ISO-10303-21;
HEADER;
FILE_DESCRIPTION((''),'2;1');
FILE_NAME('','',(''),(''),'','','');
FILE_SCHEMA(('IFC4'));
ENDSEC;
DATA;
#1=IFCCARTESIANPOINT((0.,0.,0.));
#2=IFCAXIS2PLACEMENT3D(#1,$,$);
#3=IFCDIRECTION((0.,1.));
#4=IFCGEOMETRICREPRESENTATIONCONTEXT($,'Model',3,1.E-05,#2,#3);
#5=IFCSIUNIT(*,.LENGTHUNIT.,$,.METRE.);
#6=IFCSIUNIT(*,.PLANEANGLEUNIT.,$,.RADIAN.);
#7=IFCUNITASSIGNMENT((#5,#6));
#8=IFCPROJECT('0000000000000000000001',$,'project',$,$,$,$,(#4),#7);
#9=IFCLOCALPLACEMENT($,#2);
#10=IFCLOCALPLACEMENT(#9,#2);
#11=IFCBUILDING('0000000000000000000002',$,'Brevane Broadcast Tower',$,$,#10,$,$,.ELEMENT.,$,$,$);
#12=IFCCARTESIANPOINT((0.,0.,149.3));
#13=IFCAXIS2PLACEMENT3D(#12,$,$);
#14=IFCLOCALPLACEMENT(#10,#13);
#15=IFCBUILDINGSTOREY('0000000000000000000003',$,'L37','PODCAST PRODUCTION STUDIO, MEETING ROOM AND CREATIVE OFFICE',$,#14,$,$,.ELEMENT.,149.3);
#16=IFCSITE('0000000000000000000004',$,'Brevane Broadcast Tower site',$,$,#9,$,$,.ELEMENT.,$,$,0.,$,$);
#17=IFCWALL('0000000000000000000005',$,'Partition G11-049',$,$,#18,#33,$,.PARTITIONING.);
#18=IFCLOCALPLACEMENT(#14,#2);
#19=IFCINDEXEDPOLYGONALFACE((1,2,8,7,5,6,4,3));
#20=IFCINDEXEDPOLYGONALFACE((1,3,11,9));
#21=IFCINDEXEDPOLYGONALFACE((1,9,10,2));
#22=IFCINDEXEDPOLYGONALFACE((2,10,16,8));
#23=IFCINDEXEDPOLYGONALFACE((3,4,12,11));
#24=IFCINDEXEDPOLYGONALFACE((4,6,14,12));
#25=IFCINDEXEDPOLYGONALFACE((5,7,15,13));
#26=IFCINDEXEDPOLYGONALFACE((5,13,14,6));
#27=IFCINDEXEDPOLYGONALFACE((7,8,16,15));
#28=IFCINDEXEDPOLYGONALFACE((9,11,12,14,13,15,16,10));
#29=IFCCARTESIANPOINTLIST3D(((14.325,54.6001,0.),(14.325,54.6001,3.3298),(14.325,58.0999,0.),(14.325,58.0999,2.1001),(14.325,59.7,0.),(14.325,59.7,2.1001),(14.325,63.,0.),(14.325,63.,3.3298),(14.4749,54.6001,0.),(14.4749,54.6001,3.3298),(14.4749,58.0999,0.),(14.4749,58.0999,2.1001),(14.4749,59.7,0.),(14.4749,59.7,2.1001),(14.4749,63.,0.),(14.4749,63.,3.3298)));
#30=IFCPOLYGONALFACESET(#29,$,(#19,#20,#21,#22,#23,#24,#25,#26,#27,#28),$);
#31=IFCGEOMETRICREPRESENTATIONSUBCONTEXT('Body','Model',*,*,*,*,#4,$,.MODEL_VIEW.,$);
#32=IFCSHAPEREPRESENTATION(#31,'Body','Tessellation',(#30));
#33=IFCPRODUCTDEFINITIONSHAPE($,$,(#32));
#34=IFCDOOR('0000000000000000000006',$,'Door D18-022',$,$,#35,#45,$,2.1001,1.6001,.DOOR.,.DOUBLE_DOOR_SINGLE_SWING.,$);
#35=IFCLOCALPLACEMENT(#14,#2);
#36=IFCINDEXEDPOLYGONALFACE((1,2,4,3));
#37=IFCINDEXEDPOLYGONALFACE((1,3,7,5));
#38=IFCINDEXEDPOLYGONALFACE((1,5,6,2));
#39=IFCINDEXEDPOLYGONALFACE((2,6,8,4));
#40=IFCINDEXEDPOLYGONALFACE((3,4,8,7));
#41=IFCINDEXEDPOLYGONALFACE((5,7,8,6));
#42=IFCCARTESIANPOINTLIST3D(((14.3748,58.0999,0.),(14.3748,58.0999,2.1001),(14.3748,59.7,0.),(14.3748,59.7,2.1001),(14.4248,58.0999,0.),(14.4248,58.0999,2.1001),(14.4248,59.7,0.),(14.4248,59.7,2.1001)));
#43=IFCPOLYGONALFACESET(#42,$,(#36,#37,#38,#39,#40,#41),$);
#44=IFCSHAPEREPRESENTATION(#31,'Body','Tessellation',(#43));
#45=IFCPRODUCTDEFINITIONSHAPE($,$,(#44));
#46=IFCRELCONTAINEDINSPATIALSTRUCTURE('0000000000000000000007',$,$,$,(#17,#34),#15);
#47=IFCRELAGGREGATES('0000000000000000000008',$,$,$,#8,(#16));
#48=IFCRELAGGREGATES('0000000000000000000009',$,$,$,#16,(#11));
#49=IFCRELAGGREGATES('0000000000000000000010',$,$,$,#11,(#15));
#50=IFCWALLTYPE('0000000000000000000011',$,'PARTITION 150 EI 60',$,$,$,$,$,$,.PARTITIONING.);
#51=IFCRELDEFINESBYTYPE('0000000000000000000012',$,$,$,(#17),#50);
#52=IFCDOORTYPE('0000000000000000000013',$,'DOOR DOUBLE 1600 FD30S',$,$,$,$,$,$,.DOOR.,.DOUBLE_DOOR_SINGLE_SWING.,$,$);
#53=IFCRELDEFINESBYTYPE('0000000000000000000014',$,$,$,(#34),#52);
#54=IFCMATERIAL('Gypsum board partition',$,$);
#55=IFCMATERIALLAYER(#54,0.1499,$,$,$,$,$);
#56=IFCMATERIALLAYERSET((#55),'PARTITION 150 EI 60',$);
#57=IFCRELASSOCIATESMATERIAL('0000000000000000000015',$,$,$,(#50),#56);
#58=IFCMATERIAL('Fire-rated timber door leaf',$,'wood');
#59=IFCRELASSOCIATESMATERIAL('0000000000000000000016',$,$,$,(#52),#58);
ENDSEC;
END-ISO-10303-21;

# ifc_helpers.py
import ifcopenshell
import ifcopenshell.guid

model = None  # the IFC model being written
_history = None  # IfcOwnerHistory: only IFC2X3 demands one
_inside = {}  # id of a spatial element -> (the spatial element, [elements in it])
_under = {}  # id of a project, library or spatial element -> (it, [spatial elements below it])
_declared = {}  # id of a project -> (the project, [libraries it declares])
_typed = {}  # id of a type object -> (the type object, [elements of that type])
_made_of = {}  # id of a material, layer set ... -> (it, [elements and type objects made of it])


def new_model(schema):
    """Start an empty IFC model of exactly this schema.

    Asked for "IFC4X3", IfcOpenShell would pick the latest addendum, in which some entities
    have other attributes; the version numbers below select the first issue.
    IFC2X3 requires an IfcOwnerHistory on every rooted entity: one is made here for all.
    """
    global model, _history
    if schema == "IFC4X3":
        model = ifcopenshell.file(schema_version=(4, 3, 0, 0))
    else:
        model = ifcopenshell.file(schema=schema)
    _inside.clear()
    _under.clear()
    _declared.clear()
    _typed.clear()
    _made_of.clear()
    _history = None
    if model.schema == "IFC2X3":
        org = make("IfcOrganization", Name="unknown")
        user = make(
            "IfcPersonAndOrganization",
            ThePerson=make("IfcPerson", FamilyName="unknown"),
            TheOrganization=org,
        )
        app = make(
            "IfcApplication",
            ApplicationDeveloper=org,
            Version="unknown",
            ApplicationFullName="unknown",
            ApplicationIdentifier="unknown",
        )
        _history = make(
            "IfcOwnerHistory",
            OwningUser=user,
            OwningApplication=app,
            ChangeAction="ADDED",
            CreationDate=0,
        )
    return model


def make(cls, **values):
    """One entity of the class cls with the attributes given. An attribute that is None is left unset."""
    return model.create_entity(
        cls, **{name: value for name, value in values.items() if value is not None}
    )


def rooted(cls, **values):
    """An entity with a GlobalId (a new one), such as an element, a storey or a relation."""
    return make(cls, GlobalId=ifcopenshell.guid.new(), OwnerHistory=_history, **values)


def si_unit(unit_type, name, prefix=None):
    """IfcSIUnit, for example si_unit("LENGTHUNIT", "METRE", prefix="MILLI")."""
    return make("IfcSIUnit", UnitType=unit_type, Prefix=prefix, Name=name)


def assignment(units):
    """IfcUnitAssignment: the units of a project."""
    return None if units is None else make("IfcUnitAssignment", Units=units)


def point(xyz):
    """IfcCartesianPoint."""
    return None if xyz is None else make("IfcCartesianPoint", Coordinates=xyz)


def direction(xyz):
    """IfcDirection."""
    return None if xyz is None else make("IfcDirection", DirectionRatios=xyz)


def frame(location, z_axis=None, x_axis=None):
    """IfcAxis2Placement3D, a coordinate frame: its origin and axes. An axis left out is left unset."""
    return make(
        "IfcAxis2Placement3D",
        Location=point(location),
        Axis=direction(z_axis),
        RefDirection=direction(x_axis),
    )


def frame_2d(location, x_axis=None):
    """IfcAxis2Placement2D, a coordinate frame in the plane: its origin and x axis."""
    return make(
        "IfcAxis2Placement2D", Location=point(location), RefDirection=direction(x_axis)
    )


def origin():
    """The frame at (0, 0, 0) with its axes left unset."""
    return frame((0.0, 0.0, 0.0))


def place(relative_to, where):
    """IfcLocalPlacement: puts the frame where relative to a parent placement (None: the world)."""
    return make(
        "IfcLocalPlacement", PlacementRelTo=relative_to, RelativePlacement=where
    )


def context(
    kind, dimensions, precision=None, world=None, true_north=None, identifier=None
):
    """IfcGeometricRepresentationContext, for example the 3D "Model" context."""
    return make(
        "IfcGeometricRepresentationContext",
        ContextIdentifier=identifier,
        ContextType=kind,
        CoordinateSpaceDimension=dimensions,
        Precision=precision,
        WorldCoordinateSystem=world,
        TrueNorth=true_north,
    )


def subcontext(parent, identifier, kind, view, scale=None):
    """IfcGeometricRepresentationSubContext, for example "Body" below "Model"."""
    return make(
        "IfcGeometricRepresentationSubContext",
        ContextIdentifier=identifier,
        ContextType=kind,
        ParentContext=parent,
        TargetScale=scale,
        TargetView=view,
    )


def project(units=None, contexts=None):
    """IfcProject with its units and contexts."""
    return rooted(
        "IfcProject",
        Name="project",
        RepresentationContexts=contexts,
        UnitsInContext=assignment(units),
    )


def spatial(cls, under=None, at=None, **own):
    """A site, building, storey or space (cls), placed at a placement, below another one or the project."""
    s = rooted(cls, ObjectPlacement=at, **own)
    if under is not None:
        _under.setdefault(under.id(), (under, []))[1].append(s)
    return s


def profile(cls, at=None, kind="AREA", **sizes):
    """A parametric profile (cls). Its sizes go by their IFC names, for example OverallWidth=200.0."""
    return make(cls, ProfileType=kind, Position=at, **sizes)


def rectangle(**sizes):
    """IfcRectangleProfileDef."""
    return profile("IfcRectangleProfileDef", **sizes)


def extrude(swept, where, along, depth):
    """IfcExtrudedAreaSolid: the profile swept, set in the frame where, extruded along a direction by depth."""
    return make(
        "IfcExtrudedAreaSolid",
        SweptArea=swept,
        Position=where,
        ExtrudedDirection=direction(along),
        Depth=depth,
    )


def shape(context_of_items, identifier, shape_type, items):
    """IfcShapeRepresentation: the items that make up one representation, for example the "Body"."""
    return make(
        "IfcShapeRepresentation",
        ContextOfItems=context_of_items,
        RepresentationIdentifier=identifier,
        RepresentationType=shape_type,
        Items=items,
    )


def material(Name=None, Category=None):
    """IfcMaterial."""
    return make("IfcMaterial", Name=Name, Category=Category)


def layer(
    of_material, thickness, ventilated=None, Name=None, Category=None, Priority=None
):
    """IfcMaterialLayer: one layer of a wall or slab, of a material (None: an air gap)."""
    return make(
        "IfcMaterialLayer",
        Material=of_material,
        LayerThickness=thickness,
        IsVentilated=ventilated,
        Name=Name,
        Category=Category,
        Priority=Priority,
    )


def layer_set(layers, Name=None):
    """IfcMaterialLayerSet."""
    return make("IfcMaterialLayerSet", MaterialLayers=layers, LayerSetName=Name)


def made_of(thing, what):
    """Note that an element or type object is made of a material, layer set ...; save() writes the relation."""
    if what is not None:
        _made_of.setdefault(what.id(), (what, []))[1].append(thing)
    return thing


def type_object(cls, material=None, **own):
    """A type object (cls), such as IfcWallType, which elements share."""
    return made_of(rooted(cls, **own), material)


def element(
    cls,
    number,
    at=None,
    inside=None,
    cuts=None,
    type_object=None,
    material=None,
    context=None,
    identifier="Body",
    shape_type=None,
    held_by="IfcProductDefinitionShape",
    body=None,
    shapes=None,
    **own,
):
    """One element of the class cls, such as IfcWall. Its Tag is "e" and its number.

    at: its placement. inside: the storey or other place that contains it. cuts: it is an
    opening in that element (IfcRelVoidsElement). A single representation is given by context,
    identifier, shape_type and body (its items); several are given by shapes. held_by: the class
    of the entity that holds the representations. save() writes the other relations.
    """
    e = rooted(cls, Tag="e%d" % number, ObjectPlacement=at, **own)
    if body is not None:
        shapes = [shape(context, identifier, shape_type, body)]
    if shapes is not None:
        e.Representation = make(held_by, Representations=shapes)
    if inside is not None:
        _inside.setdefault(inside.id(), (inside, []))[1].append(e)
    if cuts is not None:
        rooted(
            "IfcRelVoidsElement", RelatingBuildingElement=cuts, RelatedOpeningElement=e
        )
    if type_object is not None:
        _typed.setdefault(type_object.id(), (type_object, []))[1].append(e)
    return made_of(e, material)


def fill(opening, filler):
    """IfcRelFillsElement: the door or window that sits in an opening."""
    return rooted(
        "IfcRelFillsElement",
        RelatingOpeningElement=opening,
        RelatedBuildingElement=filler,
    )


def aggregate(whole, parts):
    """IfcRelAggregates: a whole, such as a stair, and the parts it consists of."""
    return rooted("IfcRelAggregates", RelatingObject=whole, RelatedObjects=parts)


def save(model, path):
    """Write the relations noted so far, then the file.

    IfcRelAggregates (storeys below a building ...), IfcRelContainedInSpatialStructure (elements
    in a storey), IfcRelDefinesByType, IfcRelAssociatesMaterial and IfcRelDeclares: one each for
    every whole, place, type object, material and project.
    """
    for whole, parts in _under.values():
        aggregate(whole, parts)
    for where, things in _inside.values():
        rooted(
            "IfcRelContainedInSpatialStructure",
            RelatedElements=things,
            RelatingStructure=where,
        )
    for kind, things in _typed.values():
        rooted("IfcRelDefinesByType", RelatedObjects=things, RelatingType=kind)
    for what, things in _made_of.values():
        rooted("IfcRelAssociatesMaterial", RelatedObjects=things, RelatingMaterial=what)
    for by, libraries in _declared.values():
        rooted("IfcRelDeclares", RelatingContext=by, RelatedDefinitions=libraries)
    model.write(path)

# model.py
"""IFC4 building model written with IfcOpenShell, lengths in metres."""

from ifc_helpers import new_model, si_unit, direction, frame, frame_2d, origin, place, context, subcontext, project, spatial, rectangle, extrude, material, layer, layer_set, type_object, element, fill, save


model = new_model("IFC4")

# Units and contexts
model_context = context("Model", 3, precision=1e-05, world=origin(), true_north=direction((0.0, 1.0)))
body_context = subcontext(model_context, "Body", "Model", "MODEL_VIEW")
ifc_project = project(units=[si_unit("LENGTHUNIT", "METRE"), si_unit("PLANEANGLEUNIT", "RADIAN")], contexts=[model_context])

# Site, building, storey
site_placement = place(None, origin())
site = spatial("IfcSite", under=ifc_project, at=site_placement, Name="Brevane Broadcast Tower site", CompositionType="ELEMENT", RefElevation=0.0)
building_placement = place(site_placement, origin())
building = spatial("IfcBuilding", under=site, at=building_placement, Name="Brevane Broadcast Tower", CompositionType="ELEMENT")
storey_placement = place(building_placement, frame((0.0, 0.0, 149.3)))
storey = spatial("IfcBuildingStorey", under=building, at=storey_placement, Name="L37", Description="PODCAST PRODUCTION STUDIO, MEETING ROOM AND CREATIVE OFFICE", CompositionType="ELEMENT", Elevation=149.3)

# Shared definitions
ifc_material_1 = material(Name="Gypsum board partition")

# Wall, opening, door
ifc_layer_1 = layer(ifc_material_1, 0.1499)
ifc_layer_set_1 = layer_set([ifc_layer_1], Name="PARTITION 150 EI 60")
wall_type_1 = type_object("IfcWallType", Name="PARTITION 150 EI 60", PredefinedType="PARTITIONING", material=ifc_layer_set_1)
ifc_material_2 = material(Name="Fire-rated timber door leaf", Category="wood")
wall_1_placement = place(storey_placement, frame((14.3999, 63.0, 0.0), z_axis=(0.0, 0.0, 1.0), x_axis=(0.0, -1.0, 0.0)))
wall_1 = element("IfcWall", 1, at=wall_1_placement, inside=storey, type_object=wall_type_1, Name="Partition G11-049", PredefinedType="PARTITIONING", context=body_context, shape_type="SweptSolid", body=[
    extrude(rectangle(XDim=8.3999, YDim=0.1499, at=frame_2d((4.2, 0.0))), origin(), (0.0, 0.0, 1.0), 3.3298),
])
opening_1_placement = place(wall_1_placement, frame((3.3, 0.0, 0.0)))
opening_1 = element("IfcOpeningElement", 2, at=opening_1_placement, cuts=wall_1, PredefinedType="OPENING", context=body_context, shape_type="SweptSolid", body=[
    extrude(rectangle(XDim=1.6001, YDim=2.1001, at=frame_2d((0.8, 1.05))), frame((0.0, 0.085, 0.0), z_axis=(0.0, -1.0, 0.0), x_axis=(1.0, 0.0, 0.0)), (0.0, 0.0, 1.0), 0.1699),
])
door_type_1 = type_object("IfcDoorType", Name="DOOR DOUBLE 1600 FD30S", OperationType="DOUBLE_DOOR_SINGLE_SWING", PredefinedType="DOOR", material=ifc_material_2)
door_1_placement = place(opening_1_placement, origin())
door_1 = element("IfcDoor", 3, at=door_1_placement, inside=storey, type_object=door_type_1, Name="Door D18-022", OperationType="DOUBLE_DOOR_SINGLE_SWING", OverallHeight=2.1001, OverallWidth=1.6001, PredefinedType="DOOR", context=body_context, shape_type="SweptSolid", body=[
    extrude(rectangle(XDim=1.6001, YDim=2.1001, at=frame_2d((0.8, 1.05))), frame((0.0, 0.0249, 0.0), z_axis=(0.0, -1.0, 0.0), x_axis=(1.0, 0.0, 0.0)), (0.0, 0.0, 1.0), 0.05),
])
fill(opening_1, door_1)

save(model, "model.ifc")
